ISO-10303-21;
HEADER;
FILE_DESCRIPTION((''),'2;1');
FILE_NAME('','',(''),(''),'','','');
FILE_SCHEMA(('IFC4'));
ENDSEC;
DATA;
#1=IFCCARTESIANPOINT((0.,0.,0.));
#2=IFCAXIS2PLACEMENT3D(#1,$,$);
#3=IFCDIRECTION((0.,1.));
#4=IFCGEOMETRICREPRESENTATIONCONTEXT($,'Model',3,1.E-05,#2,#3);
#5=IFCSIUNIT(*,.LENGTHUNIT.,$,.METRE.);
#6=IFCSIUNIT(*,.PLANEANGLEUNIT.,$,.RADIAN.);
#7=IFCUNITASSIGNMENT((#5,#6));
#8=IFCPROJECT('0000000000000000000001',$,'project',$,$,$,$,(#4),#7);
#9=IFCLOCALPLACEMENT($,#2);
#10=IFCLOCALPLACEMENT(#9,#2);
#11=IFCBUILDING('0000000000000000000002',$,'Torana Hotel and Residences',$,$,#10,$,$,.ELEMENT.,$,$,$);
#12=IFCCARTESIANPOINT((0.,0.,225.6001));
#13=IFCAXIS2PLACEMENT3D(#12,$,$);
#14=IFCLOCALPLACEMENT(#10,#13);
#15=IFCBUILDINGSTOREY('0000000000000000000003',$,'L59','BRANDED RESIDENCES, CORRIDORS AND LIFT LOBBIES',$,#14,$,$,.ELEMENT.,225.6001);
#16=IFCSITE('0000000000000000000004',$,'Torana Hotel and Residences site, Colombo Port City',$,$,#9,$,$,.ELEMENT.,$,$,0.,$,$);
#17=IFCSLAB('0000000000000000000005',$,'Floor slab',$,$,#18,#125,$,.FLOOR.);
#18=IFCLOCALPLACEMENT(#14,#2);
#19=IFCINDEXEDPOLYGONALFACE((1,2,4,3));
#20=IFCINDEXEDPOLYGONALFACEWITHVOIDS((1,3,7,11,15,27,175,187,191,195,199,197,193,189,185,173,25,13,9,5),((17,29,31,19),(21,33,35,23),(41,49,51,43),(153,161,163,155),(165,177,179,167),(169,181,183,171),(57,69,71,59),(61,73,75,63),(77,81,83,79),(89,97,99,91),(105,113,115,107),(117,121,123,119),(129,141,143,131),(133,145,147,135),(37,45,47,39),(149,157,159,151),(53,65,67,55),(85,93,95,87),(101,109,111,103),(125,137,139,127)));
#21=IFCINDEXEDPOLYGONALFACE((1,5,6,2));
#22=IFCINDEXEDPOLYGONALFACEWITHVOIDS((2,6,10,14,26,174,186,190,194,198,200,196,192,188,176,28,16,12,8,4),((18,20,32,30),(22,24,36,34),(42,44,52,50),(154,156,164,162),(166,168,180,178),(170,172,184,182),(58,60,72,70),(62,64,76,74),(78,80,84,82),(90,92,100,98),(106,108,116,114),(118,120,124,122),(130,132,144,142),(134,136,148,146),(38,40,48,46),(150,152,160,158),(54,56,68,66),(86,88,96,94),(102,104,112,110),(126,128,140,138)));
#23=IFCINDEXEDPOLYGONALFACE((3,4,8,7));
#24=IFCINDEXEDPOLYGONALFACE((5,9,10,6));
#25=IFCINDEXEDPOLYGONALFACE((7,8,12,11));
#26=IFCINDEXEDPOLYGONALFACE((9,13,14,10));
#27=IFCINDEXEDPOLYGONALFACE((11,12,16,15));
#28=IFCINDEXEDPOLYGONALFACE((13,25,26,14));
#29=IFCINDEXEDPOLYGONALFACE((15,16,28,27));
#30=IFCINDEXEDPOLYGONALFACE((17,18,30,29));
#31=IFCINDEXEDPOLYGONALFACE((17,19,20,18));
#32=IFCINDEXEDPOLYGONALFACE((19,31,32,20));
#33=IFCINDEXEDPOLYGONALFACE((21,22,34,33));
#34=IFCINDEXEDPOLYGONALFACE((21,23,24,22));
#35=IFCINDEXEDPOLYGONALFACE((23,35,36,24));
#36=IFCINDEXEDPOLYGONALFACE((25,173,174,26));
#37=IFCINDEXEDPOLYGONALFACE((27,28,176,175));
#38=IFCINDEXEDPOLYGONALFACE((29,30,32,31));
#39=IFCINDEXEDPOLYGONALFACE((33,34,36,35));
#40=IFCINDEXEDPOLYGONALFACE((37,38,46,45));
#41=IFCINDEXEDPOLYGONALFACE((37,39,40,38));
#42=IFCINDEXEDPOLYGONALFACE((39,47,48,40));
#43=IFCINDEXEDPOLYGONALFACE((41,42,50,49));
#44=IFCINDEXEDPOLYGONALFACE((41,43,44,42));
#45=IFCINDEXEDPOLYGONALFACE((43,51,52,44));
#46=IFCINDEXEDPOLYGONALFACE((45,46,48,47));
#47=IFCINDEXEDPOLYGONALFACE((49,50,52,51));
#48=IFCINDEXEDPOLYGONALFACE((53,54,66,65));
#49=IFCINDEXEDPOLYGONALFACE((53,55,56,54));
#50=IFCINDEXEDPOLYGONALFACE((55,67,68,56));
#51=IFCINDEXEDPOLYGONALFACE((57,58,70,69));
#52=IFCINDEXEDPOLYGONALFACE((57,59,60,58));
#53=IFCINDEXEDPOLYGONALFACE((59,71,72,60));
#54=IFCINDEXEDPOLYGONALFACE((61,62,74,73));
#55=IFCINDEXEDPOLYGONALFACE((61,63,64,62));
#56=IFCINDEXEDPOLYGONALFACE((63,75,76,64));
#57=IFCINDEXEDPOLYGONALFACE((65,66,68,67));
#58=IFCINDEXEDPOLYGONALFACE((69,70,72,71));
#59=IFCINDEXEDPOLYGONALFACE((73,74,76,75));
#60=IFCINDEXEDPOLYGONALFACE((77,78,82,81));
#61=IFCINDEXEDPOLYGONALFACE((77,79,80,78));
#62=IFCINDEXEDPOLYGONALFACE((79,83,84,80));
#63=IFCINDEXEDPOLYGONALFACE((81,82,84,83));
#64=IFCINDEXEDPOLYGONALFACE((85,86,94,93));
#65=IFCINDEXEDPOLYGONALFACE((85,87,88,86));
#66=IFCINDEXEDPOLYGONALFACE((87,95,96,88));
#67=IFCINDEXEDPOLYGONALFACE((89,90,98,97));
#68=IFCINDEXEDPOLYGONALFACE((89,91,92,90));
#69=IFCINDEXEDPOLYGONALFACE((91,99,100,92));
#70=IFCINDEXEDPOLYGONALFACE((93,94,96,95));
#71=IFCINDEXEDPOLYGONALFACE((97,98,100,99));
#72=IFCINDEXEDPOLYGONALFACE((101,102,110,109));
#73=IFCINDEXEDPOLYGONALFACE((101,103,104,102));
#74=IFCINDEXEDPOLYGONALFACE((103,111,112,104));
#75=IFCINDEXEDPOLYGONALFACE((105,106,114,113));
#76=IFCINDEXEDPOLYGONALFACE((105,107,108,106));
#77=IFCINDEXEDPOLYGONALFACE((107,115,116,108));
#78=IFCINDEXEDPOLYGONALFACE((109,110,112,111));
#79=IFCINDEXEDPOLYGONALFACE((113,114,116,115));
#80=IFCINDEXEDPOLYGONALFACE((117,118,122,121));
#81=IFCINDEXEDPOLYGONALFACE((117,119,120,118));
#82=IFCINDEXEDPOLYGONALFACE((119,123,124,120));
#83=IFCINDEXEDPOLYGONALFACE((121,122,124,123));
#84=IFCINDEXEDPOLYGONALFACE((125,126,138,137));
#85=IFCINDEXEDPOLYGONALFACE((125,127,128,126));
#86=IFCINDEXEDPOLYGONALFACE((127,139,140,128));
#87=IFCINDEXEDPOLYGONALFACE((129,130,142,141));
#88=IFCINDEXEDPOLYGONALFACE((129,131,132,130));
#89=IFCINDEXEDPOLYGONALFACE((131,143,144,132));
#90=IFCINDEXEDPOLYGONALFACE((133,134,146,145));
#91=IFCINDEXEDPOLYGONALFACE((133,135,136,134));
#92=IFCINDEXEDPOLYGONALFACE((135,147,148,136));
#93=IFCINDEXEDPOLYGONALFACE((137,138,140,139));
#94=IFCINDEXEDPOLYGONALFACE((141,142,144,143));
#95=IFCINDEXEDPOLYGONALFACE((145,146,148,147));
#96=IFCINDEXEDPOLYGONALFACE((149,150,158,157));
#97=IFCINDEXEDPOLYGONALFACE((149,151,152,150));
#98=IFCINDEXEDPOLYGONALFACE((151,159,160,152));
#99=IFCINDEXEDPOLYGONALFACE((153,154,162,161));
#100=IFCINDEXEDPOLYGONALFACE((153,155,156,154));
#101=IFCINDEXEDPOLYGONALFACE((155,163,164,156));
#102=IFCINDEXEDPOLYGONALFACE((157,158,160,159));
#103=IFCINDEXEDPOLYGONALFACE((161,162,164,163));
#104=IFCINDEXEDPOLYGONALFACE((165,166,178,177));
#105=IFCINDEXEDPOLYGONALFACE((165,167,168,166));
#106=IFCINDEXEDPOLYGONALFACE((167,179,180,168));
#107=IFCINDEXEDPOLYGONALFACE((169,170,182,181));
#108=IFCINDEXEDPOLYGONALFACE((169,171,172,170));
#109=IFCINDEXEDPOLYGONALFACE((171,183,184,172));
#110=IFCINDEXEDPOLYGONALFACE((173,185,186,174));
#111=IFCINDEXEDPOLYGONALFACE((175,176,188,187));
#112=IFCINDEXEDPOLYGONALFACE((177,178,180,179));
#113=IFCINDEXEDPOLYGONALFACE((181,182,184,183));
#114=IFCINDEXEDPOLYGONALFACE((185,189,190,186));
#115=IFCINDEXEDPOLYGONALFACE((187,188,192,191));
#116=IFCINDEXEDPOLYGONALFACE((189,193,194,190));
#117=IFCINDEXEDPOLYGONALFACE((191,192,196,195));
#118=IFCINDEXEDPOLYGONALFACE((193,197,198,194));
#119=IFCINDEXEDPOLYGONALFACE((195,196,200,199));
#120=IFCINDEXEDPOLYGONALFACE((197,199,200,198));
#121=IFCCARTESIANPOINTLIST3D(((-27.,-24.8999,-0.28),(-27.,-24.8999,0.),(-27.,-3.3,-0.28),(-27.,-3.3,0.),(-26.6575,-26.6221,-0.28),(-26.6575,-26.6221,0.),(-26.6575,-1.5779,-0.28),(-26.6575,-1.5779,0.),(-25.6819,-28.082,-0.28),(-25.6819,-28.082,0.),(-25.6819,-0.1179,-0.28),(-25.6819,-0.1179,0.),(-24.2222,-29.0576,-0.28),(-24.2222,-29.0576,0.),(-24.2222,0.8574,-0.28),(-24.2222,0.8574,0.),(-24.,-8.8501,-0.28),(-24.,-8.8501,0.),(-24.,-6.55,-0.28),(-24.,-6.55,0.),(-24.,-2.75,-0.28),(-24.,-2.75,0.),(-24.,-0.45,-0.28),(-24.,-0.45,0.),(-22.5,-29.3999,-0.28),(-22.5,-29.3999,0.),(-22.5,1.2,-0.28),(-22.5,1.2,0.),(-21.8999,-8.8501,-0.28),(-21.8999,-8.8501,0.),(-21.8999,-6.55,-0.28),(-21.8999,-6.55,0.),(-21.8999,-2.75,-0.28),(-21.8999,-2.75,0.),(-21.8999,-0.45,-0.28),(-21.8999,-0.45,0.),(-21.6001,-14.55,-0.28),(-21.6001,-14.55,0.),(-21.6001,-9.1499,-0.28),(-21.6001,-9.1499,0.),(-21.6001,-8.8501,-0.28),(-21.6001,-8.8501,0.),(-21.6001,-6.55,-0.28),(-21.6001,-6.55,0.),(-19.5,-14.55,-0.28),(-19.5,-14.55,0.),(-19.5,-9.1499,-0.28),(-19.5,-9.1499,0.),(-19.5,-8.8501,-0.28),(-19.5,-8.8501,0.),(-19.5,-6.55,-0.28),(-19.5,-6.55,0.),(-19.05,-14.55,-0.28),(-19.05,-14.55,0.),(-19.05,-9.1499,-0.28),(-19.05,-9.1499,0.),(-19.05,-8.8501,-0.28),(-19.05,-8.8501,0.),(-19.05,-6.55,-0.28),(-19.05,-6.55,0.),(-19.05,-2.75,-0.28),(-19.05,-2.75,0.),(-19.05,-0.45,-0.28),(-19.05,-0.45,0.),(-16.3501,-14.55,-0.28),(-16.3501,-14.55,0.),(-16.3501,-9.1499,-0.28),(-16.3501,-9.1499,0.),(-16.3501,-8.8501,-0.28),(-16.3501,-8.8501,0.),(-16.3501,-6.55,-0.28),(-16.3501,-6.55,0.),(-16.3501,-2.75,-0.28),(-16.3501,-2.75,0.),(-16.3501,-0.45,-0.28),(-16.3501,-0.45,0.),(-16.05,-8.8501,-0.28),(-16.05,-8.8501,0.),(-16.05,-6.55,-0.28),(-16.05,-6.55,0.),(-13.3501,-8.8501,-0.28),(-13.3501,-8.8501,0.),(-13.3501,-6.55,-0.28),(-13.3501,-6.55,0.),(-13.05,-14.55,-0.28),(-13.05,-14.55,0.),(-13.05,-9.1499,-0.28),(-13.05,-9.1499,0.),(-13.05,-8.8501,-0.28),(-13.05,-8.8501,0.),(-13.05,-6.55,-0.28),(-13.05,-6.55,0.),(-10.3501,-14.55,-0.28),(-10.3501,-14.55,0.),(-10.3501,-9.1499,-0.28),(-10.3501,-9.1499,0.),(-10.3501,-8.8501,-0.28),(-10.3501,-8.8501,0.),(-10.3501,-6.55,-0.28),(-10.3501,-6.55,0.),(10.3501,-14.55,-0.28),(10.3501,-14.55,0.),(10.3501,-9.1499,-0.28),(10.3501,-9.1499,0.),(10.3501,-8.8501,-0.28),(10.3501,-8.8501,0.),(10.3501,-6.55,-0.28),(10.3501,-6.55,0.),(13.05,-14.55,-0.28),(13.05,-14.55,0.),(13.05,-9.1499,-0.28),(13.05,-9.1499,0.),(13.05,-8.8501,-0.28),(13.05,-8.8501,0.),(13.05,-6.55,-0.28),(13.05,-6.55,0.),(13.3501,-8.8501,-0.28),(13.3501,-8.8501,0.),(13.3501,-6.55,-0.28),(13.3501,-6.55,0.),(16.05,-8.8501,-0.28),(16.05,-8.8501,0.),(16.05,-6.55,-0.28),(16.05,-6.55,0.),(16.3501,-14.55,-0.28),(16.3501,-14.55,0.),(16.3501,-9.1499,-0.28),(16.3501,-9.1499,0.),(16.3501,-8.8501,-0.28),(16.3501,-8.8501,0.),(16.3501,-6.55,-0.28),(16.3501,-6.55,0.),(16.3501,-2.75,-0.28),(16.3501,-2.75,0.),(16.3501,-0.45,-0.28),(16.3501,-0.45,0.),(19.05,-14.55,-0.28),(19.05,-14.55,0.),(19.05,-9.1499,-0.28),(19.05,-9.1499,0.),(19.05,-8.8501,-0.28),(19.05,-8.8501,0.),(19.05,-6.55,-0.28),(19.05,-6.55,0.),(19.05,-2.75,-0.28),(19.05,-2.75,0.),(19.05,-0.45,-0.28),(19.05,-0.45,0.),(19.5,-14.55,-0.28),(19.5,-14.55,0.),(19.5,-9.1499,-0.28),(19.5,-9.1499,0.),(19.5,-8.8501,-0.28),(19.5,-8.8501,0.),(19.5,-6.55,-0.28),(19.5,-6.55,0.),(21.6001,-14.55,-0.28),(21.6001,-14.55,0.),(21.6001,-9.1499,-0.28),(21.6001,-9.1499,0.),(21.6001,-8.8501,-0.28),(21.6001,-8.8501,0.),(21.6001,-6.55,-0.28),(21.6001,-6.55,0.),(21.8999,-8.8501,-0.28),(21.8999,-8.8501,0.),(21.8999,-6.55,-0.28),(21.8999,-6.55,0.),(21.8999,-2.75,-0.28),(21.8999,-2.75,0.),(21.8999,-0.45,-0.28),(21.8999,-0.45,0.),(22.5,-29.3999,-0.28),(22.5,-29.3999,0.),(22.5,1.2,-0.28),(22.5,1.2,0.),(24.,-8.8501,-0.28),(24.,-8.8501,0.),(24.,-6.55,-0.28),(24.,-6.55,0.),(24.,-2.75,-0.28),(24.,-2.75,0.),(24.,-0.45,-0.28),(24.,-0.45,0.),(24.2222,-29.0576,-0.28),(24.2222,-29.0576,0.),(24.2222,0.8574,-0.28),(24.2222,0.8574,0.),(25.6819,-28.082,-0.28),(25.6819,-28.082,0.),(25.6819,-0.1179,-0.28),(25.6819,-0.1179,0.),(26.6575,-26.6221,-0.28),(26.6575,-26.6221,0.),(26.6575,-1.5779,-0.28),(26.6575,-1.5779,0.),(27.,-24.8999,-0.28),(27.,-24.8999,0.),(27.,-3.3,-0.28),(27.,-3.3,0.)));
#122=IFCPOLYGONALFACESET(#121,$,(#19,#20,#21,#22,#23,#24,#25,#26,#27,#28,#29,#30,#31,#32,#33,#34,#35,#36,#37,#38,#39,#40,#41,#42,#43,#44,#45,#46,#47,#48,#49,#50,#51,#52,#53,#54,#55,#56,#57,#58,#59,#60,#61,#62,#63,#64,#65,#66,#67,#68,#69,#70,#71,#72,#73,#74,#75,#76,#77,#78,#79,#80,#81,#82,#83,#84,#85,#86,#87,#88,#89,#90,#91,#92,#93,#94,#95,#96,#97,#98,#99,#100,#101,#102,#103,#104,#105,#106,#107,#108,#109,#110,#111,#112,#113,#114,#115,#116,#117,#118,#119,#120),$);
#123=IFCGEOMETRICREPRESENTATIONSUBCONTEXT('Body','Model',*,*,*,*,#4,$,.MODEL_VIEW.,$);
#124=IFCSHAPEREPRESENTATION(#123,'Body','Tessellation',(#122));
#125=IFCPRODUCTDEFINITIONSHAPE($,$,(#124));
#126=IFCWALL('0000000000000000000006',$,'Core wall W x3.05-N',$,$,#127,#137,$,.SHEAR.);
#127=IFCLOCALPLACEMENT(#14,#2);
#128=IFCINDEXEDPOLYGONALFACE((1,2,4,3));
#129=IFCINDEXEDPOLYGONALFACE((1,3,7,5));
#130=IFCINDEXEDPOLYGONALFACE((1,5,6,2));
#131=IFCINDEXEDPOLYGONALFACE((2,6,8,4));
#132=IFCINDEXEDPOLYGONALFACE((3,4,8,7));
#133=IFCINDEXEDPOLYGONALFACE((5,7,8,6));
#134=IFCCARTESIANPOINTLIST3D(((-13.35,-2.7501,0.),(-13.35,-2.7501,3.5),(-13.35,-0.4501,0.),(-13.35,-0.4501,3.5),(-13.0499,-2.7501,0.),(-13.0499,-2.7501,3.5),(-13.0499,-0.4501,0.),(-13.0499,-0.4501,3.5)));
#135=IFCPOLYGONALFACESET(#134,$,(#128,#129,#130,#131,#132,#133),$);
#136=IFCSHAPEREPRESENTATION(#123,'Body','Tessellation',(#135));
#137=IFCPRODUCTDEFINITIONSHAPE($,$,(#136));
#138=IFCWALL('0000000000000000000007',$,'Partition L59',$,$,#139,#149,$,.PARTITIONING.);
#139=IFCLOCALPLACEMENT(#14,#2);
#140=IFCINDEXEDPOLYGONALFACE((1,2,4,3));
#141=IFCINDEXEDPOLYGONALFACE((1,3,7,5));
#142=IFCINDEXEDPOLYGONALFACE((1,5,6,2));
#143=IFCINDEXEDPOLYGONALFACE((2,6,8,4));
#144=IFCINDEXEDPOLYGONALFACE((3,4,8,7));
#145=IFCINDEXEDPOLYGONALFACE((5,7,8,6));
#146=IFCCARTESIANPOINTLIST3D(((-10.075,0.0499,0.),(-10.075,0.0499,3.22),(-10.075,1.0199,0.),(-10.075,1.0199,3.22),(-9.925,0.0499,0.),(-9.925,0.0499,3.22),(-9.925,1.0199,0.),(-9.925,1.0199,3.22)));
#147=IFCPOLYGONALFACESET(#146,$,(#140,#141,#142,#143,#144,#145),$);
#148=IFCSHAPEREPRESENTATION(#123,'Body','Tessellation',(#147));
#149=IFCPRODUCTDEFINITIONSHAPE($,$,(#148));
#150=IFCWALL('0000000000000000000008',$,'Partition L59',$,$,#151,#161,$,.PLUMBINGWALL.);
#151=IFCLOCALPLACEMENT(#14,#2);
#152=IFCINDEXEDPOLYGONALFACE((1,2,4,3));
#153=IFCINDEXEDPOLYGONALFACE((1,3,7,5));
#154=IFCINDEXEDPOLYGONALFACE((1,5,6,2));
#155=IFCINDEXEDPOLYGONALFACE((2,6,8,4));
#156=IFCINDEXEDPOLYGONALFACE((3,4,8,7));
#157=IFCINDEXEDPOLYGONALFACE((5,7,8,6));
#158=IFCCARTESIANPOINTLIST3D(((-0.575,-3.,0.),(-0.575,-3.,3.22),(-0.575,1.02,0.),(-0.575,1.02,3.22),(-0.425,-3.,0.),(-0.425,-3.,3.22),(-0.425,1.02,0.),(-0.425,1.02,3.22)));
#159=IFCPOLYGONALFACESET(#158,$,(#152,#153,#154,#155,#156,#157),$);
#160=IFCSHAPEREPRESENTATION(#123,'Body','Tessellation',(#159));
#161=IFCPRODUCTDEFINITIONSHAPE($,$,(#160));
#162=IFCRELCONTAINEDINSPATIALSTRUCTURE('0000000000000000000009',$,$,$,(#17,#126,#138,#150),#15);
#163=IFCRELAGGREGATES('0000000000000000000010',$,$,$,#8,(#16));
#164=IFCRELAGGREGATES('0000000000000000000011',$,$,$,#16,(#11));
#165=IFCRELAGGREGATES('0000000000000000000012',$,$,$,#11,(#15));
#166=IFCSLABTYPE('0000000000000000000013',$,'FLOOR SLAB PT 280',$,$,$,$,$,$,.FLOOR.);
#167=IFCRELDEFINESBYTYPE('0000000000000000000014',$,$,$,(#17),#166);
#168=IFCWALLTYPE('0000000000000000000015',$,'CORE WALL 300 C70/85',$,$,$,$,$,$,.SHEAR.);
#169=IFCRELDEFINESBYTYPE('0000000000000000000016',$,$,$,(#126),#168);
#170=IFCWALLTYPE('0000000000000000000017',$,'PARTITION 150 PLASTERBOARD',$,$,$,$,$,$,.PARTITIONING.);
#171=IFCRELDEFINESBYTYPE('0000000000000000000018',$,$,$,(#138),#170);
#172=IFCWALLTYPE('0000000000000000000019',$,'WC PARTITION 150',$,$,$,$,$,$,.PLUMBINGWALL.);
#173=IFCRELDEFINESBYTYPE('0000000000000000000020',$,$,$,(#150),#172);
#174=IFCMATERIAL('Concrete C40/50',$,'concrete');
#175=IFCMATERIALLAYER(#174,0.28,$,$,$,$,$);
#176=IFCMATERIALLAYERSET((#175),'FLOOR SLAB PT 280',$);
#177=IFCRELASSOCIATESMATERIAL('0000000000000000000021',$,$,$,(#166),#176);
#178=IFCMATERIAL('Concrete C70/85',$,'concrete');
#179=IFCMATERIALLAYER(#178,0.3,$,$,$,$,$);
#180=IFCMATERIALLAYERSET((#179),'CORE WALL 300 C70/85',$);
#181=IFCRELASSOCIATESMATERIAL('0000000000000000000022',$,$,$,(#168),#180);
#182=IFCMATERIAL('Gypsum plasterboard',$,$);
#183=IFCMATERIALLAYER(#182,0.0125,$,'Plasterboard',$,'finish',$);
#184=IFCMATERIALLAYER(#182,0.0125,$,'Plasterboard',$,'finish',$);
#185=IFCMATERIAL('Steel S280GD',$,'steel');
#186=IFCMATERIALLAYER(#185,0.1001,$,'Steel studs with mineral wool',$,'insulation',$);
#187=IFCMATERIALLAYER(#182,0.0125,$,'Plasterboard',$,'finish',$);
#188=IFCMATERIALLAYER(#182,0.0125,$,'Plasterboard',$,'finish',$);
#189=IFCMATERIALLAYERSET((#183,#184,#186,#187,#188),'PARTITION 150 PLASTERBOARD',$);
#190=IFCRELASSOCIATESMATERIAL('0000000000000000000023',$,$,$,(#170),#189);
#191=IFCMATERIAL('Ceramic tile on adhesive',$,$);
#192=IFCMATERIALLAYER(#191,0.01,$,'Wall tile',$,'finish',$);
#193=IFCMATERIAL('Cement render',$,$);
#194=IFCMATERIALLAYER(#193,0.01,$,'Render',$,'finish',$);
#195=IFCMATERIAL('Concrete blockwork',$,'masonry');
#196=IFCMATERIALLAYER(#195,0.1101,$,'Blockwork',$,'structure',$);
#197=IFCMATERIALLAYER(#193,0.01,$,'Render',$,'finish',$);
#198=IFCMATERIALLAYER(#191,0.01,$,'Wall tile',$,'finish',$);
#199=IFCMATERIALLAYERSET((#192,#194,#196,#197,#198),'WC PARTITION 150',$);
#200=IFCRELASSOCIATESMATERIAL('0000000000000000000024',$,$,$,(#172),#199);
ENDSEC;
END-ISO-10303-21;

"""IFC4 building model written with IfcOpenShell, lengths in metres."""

from ifc_helpers import new_model, si_unit, direction, frame, frame_2d, origin, place, context, subcontext, project, spatial, polyline, rectangle, outline, extrude, material, layer, layer_set, type_object, element, save


model = new_model("IFC4")

# Units and contexts
model_context = context("Model", 3, precision=1e-05, world=origin(), true_north=direction((0.0, 1.0)))
body_context = subcontext(model_context, "Body", "Model", "MODEL_VIEW")
ifc_project = project(units=[si_unit("LENGTHUNIT", "METRE"), si_unit("PLANEANGLEUNIT", "RADIAN")], contexts=[model_context])

# Site, building, storey
site_placement = place(None, origin())
site = spatial("IfcSite", under=ifc_project, at=site_placement, Name="Torana Hotel and Residences site, Colombo Port City", CompositionType="ELEMENT", RefElevation=0.0)
building_placement = place(site_placement, origin())
building = spatial("IfcBuilding", under=site, at=building_placement, Name="Torana Hotel and Residences", CompositionType="ELEMENT")
storey_placement = place(building_placement, frame((0.0, 0.0, 225.6001)))
storey = spatial("IfcBuildingStorey", under=building, at=storey_placement, Name="L59", Description="BRANDED RESIDENCES, CORRIDORS AND LIFT LOBBIES", CompositionType="ELEMENT", Elevation=225.6001)

# Slab
ifc_material_1 = material(Name="Concrete C40/50", Category="concrete")
ifc_layer_1 = layer(ifc_material_1, 0.28)
ifc_layer_set_1 = layer_set([ifc_layer_1], Name="FLOOR SLAB PT 280")
slab_type_1 = type_object("IfcSlabType", Name="FLOOR SLAB PT 280", PredefinedType="FLOOR", material=ifc_layer_set_1)
slab_1_placement = place(storey_placement, frame((0.0, 0.0, -0.28)))
element("IfcSlab", 1, at=slab_1_placement, inside=storey, type_object=slab_type_1, Name="Floor slab", PredefinedType="FLOOR", context=body_context, shape_type="SweptSolid", body=[
    extrude(outline(polyline([(27.0, -3.3), (26.6575, -1.5779), (25.6819, -0.1179), (24.2222, 0.8574), (22.5, 1.2), (-22.5, 1.2), (-24.2222, 0.8574), (-25.6819, -0.1179), (-26.6575, -1.5779), (-27.0, -3.3), (-27.0, -24.8999), (-26.6575, -26.6221), (-25.6819, -28.082), (-24.2222, -29.0576), (-22.5, -29.3999), (22.5, -29.3999), (24.2222, -29.0576), (25.6819, -28.082), (26.6575, -26.6221), (27.0, -24.8999), (27.0, -3.3)]), holes=[polyline([(-13.05, -14.55), (-10.3501, -14.55), (-10.3501, -9.1499), (-13.05, -9.1499), (-13.05, -14.55)]), polyline([(-19.05, -14.55), (-16.3501, -14.55), (-16.3501, -9.1499), (-19.05, -9.1499), (-19.05, -14.55)]), polyline([(-19.05, -2.75), (-16.3501, -2.75), (-16.3501, -0.45), (-19.05, -0.45), (-19.05, -2.75)]), polyline([(-21.6001, -8.8501), (-19.5, -8.8501), (-19.5, -6.55), (-21.6001, -6.55), (-21.6001, -8.8501)]), polyline([(-24.0, -2.75), (-21.8999, -2.75), (-21.8999, -0.45), (-24.0, -0.45), (-24.0, -2.75)]), polyline([(-24.0, -8.8501), (-21.8999, -8.8501), (-21.8999, -6.55), (-24.0, -6.55), (-24.0, -8.8501)]), polyline([(-13.05, -8.8501), (-10.3501, -8.8501), (-10.3501, -6.55), (-13.05, -6.55), (-13.05, -8.8501)]), polyline([(-16.05, -8.8501), (-13.3501, -8.8501), (-13.3501, -6.55), (-16.05, -6.55), (-16.05, -8.8501)]), polyline([(-19.05, -8.8501), (-16.3501, -8.8501), (-16.3501, -6.55), (-19.05, -6.55), (-19.05, -8.8501)]), polyline([(-21.6001, -14.55), (-19.5, -14.55), (-19.5, -9.1499), (-21.6001, -9.1499), (-21.6001, -14.55)]), polyline([(10.3501, -14.55), (13.05, -14.55), (13.05, -9.1499), (10.3501, -9.1499), (10.3501, -14.55)]), polyline([(16.3501, -14.55), (19.05, -14.55), (19.05, -9.1499), (16.3501, -9.1499), (16.3501, -14.55)]), polyline([(16.3501, -2.75), (19.05, -2.75), (19.05, -0.45), (16.3501, -0.45), (16.3501, -2.75)]), polyline([(19.5, -8.8501), (21.6001, -8.8501), (21.6001, -6.55), (19.5, -6.55), (19.5, -8.8501)]), polyline([(21.8999, -2.75), (24.0, -2.75), (24.0, -0.45), (21.8999, -0.45), (21.8999, -2.75)]), polyline([(21.8999, -8.8501), (24.0, -8.8501), (24.0, -6.55), (21.8999, -6.55), (21.8999, -8.8501)]), polyline([(10.3501, -8.8501), (13.05, -8.8501), (13.05, -6.55), (10.3501, -6.55), (10.3501, -8.8501)]), polyline([(13.3501, -8.8501), (16.05, -8.8501), (16.05, -6.55), (13.3501, -6.55), (13.3501, -8.8501)]), polyline([(16.3501, -8.8501), (19.05, -8.8501), (19.05, -6.55), (16.3501, -6.55), (16.3501, -8.8501)]), polyline([(19.5, -14.55), (21.6001, -14.55), (21.6001, -9.1499), (19.5, -9.1499), (19.5, -14.55)])]), origin(), (0.0, 0.0, 1.0), 0.28),
])

# Walls
ifc_material_2 = material(Name="Concrete C70/85", Category="concrete")
ifc_layer_2 = layer(ifc_material_2, 0.3)
ifc_layer_set_2 = layer_set([ifc_layer_2], Name="CORE WALL 300 C70/85")
wall_type_1 = type_object("IfcWallType", Name="CORE WALL 300 C70/85", PredefinedType="SHEAR", material=ifc_layer_set_2)
wall_1_placement = place(storey_placement, frame((-13.2, -2.75, 0.0), z_axis=(0.0, 0.0, 1.0), x_axis=(0.0, 1.0, 0.0)))
element("IfcWall", 2, at=wall_1_placement, inside=storey, type_object=wall_type_1, Name="Core wall W x3.05-N", PredefinedType="SHEAR", context=body_context, shape_type="SweptSolid", body=[
    extrude(rectangle(XDim=2.3, YDim=0.3, at=frame_2d((1.1499, 0.0))), origin(), (0.0, 0.0, 1.0), 3.5),
])
ifc_material_3 = material(Name="Gypsum plasterboard")
ifc_layer_3 = layer(ifc_material_3, 0.0125, Name="Plasterboard", Category="finish")
ifc_layer_4 = layer(ifc_material_3, 0.0125, Name="Plasterboard", Category="finish")
ifc_material_4 = material(Name="Steel S280GD", Category="steel")
ifc_layer_5 = layer(ifc_material_4, 0.1001, Name="Steel studs with mineral wool", Category="insulation")
ifc_layer_6 = layer(ifc_material_3, 0.0125, Name="Plasterboard", Category="finish")
ifc_layer_7 = layer(ifc_material_3, 0.0125, Name="Plasterboard", Category="finish")
ifc_layer_set_3 = layer_set([ifc_layer_3, ifc_layer_4, ifc_layer_5, ifc_layer_6, ifc_layer_7], Name="PARTITION 150 PLASTERBOARD")
wall_type_2 = type_object("IfcWallType", Name="PARTITION 150 PLASTERBOARD", PredefinedType="PARTITIONING", material=ifc_layer_set_3)
wall_2_placement = place(storey_placement, frame((-10.0, 0.05, 0.0), z_axis=(0.0, 0.0, 1.0), x_axis=(0.0, 1.0, 0.0)))
element("IfcWall", 3, at=wall_2_placement, inside=storey, type_object=wall_type_2, Name="Partition L59", PredefinedType="PARTITIONING", context=body_context, shape_type="SweptSolid", body=[
    extrude(rectangle(XDim=0.97, YDim=0.1499, at=frame_2d((0.4849, 0.0))), origin(), (0.0, 0.0, 1.0), 3.22),
])
ifc_material_5 = material(Name="Ceramic tile on adhesive")
ifc_layer_8 = layer(ifc_material_5, 0.01, Name="Wall tile", Category="finish")
ifc_material_6 = material(Name="Cement render")
ifc_layer_9 = layer(ifc_material_6, 0.01, Name="Render", Category="finish")
ifc_material_7 = material(Name="Concrete blockwork", Category="masonry")
ifc_layer_10 = layer(ifc_material_7, 0.1101, Name="Blockwork", Category="structure")
ifc_layer_11 = layer(ifc_material_6, 0.01, Name="Render", Category="finish")
ifc_layer_12 = layer(ifc_material_5, 0.01, Name="Wall tile", Category="finish")
ifc_layer_set_4 = layer_set([ifc_layer_8, ifc_layer_9, ifc_layer_10, ifc_layer_11, ifc_layer_12], Name="WC PARTITION 150")
wall_type_3 = type_object("IfcWallType", Name="WC PARTITION 150", PredefinedType="PLUMBINGWALL", material=ifc_layer_set_4)
for number, where, z_axis, x_axis, name in (
    (4, (-0.5, -3.0, 0.0), (0.0, 0.0, 1.0), (0.0, 1.0, 0.0), "Partition L59"),
):
    element("IfcWall", number, at=place(storey_placement, frame(where, z_axis=z_axis, x_axis=x_axis)), inside=storey, type_object=wall_type_3, Name=name, PredefinedType="PLUMBINGWALL", context=body_context, shape_type="SweptSolid", body=[
        extrude(rectangle(XDim=4.02, YDim=0.1499, at=frame_2d((2.01, 0.0))), origin(), (0.0, 0.0, 1.0), 3.22),
    ])

save(model, "model.ifc")
